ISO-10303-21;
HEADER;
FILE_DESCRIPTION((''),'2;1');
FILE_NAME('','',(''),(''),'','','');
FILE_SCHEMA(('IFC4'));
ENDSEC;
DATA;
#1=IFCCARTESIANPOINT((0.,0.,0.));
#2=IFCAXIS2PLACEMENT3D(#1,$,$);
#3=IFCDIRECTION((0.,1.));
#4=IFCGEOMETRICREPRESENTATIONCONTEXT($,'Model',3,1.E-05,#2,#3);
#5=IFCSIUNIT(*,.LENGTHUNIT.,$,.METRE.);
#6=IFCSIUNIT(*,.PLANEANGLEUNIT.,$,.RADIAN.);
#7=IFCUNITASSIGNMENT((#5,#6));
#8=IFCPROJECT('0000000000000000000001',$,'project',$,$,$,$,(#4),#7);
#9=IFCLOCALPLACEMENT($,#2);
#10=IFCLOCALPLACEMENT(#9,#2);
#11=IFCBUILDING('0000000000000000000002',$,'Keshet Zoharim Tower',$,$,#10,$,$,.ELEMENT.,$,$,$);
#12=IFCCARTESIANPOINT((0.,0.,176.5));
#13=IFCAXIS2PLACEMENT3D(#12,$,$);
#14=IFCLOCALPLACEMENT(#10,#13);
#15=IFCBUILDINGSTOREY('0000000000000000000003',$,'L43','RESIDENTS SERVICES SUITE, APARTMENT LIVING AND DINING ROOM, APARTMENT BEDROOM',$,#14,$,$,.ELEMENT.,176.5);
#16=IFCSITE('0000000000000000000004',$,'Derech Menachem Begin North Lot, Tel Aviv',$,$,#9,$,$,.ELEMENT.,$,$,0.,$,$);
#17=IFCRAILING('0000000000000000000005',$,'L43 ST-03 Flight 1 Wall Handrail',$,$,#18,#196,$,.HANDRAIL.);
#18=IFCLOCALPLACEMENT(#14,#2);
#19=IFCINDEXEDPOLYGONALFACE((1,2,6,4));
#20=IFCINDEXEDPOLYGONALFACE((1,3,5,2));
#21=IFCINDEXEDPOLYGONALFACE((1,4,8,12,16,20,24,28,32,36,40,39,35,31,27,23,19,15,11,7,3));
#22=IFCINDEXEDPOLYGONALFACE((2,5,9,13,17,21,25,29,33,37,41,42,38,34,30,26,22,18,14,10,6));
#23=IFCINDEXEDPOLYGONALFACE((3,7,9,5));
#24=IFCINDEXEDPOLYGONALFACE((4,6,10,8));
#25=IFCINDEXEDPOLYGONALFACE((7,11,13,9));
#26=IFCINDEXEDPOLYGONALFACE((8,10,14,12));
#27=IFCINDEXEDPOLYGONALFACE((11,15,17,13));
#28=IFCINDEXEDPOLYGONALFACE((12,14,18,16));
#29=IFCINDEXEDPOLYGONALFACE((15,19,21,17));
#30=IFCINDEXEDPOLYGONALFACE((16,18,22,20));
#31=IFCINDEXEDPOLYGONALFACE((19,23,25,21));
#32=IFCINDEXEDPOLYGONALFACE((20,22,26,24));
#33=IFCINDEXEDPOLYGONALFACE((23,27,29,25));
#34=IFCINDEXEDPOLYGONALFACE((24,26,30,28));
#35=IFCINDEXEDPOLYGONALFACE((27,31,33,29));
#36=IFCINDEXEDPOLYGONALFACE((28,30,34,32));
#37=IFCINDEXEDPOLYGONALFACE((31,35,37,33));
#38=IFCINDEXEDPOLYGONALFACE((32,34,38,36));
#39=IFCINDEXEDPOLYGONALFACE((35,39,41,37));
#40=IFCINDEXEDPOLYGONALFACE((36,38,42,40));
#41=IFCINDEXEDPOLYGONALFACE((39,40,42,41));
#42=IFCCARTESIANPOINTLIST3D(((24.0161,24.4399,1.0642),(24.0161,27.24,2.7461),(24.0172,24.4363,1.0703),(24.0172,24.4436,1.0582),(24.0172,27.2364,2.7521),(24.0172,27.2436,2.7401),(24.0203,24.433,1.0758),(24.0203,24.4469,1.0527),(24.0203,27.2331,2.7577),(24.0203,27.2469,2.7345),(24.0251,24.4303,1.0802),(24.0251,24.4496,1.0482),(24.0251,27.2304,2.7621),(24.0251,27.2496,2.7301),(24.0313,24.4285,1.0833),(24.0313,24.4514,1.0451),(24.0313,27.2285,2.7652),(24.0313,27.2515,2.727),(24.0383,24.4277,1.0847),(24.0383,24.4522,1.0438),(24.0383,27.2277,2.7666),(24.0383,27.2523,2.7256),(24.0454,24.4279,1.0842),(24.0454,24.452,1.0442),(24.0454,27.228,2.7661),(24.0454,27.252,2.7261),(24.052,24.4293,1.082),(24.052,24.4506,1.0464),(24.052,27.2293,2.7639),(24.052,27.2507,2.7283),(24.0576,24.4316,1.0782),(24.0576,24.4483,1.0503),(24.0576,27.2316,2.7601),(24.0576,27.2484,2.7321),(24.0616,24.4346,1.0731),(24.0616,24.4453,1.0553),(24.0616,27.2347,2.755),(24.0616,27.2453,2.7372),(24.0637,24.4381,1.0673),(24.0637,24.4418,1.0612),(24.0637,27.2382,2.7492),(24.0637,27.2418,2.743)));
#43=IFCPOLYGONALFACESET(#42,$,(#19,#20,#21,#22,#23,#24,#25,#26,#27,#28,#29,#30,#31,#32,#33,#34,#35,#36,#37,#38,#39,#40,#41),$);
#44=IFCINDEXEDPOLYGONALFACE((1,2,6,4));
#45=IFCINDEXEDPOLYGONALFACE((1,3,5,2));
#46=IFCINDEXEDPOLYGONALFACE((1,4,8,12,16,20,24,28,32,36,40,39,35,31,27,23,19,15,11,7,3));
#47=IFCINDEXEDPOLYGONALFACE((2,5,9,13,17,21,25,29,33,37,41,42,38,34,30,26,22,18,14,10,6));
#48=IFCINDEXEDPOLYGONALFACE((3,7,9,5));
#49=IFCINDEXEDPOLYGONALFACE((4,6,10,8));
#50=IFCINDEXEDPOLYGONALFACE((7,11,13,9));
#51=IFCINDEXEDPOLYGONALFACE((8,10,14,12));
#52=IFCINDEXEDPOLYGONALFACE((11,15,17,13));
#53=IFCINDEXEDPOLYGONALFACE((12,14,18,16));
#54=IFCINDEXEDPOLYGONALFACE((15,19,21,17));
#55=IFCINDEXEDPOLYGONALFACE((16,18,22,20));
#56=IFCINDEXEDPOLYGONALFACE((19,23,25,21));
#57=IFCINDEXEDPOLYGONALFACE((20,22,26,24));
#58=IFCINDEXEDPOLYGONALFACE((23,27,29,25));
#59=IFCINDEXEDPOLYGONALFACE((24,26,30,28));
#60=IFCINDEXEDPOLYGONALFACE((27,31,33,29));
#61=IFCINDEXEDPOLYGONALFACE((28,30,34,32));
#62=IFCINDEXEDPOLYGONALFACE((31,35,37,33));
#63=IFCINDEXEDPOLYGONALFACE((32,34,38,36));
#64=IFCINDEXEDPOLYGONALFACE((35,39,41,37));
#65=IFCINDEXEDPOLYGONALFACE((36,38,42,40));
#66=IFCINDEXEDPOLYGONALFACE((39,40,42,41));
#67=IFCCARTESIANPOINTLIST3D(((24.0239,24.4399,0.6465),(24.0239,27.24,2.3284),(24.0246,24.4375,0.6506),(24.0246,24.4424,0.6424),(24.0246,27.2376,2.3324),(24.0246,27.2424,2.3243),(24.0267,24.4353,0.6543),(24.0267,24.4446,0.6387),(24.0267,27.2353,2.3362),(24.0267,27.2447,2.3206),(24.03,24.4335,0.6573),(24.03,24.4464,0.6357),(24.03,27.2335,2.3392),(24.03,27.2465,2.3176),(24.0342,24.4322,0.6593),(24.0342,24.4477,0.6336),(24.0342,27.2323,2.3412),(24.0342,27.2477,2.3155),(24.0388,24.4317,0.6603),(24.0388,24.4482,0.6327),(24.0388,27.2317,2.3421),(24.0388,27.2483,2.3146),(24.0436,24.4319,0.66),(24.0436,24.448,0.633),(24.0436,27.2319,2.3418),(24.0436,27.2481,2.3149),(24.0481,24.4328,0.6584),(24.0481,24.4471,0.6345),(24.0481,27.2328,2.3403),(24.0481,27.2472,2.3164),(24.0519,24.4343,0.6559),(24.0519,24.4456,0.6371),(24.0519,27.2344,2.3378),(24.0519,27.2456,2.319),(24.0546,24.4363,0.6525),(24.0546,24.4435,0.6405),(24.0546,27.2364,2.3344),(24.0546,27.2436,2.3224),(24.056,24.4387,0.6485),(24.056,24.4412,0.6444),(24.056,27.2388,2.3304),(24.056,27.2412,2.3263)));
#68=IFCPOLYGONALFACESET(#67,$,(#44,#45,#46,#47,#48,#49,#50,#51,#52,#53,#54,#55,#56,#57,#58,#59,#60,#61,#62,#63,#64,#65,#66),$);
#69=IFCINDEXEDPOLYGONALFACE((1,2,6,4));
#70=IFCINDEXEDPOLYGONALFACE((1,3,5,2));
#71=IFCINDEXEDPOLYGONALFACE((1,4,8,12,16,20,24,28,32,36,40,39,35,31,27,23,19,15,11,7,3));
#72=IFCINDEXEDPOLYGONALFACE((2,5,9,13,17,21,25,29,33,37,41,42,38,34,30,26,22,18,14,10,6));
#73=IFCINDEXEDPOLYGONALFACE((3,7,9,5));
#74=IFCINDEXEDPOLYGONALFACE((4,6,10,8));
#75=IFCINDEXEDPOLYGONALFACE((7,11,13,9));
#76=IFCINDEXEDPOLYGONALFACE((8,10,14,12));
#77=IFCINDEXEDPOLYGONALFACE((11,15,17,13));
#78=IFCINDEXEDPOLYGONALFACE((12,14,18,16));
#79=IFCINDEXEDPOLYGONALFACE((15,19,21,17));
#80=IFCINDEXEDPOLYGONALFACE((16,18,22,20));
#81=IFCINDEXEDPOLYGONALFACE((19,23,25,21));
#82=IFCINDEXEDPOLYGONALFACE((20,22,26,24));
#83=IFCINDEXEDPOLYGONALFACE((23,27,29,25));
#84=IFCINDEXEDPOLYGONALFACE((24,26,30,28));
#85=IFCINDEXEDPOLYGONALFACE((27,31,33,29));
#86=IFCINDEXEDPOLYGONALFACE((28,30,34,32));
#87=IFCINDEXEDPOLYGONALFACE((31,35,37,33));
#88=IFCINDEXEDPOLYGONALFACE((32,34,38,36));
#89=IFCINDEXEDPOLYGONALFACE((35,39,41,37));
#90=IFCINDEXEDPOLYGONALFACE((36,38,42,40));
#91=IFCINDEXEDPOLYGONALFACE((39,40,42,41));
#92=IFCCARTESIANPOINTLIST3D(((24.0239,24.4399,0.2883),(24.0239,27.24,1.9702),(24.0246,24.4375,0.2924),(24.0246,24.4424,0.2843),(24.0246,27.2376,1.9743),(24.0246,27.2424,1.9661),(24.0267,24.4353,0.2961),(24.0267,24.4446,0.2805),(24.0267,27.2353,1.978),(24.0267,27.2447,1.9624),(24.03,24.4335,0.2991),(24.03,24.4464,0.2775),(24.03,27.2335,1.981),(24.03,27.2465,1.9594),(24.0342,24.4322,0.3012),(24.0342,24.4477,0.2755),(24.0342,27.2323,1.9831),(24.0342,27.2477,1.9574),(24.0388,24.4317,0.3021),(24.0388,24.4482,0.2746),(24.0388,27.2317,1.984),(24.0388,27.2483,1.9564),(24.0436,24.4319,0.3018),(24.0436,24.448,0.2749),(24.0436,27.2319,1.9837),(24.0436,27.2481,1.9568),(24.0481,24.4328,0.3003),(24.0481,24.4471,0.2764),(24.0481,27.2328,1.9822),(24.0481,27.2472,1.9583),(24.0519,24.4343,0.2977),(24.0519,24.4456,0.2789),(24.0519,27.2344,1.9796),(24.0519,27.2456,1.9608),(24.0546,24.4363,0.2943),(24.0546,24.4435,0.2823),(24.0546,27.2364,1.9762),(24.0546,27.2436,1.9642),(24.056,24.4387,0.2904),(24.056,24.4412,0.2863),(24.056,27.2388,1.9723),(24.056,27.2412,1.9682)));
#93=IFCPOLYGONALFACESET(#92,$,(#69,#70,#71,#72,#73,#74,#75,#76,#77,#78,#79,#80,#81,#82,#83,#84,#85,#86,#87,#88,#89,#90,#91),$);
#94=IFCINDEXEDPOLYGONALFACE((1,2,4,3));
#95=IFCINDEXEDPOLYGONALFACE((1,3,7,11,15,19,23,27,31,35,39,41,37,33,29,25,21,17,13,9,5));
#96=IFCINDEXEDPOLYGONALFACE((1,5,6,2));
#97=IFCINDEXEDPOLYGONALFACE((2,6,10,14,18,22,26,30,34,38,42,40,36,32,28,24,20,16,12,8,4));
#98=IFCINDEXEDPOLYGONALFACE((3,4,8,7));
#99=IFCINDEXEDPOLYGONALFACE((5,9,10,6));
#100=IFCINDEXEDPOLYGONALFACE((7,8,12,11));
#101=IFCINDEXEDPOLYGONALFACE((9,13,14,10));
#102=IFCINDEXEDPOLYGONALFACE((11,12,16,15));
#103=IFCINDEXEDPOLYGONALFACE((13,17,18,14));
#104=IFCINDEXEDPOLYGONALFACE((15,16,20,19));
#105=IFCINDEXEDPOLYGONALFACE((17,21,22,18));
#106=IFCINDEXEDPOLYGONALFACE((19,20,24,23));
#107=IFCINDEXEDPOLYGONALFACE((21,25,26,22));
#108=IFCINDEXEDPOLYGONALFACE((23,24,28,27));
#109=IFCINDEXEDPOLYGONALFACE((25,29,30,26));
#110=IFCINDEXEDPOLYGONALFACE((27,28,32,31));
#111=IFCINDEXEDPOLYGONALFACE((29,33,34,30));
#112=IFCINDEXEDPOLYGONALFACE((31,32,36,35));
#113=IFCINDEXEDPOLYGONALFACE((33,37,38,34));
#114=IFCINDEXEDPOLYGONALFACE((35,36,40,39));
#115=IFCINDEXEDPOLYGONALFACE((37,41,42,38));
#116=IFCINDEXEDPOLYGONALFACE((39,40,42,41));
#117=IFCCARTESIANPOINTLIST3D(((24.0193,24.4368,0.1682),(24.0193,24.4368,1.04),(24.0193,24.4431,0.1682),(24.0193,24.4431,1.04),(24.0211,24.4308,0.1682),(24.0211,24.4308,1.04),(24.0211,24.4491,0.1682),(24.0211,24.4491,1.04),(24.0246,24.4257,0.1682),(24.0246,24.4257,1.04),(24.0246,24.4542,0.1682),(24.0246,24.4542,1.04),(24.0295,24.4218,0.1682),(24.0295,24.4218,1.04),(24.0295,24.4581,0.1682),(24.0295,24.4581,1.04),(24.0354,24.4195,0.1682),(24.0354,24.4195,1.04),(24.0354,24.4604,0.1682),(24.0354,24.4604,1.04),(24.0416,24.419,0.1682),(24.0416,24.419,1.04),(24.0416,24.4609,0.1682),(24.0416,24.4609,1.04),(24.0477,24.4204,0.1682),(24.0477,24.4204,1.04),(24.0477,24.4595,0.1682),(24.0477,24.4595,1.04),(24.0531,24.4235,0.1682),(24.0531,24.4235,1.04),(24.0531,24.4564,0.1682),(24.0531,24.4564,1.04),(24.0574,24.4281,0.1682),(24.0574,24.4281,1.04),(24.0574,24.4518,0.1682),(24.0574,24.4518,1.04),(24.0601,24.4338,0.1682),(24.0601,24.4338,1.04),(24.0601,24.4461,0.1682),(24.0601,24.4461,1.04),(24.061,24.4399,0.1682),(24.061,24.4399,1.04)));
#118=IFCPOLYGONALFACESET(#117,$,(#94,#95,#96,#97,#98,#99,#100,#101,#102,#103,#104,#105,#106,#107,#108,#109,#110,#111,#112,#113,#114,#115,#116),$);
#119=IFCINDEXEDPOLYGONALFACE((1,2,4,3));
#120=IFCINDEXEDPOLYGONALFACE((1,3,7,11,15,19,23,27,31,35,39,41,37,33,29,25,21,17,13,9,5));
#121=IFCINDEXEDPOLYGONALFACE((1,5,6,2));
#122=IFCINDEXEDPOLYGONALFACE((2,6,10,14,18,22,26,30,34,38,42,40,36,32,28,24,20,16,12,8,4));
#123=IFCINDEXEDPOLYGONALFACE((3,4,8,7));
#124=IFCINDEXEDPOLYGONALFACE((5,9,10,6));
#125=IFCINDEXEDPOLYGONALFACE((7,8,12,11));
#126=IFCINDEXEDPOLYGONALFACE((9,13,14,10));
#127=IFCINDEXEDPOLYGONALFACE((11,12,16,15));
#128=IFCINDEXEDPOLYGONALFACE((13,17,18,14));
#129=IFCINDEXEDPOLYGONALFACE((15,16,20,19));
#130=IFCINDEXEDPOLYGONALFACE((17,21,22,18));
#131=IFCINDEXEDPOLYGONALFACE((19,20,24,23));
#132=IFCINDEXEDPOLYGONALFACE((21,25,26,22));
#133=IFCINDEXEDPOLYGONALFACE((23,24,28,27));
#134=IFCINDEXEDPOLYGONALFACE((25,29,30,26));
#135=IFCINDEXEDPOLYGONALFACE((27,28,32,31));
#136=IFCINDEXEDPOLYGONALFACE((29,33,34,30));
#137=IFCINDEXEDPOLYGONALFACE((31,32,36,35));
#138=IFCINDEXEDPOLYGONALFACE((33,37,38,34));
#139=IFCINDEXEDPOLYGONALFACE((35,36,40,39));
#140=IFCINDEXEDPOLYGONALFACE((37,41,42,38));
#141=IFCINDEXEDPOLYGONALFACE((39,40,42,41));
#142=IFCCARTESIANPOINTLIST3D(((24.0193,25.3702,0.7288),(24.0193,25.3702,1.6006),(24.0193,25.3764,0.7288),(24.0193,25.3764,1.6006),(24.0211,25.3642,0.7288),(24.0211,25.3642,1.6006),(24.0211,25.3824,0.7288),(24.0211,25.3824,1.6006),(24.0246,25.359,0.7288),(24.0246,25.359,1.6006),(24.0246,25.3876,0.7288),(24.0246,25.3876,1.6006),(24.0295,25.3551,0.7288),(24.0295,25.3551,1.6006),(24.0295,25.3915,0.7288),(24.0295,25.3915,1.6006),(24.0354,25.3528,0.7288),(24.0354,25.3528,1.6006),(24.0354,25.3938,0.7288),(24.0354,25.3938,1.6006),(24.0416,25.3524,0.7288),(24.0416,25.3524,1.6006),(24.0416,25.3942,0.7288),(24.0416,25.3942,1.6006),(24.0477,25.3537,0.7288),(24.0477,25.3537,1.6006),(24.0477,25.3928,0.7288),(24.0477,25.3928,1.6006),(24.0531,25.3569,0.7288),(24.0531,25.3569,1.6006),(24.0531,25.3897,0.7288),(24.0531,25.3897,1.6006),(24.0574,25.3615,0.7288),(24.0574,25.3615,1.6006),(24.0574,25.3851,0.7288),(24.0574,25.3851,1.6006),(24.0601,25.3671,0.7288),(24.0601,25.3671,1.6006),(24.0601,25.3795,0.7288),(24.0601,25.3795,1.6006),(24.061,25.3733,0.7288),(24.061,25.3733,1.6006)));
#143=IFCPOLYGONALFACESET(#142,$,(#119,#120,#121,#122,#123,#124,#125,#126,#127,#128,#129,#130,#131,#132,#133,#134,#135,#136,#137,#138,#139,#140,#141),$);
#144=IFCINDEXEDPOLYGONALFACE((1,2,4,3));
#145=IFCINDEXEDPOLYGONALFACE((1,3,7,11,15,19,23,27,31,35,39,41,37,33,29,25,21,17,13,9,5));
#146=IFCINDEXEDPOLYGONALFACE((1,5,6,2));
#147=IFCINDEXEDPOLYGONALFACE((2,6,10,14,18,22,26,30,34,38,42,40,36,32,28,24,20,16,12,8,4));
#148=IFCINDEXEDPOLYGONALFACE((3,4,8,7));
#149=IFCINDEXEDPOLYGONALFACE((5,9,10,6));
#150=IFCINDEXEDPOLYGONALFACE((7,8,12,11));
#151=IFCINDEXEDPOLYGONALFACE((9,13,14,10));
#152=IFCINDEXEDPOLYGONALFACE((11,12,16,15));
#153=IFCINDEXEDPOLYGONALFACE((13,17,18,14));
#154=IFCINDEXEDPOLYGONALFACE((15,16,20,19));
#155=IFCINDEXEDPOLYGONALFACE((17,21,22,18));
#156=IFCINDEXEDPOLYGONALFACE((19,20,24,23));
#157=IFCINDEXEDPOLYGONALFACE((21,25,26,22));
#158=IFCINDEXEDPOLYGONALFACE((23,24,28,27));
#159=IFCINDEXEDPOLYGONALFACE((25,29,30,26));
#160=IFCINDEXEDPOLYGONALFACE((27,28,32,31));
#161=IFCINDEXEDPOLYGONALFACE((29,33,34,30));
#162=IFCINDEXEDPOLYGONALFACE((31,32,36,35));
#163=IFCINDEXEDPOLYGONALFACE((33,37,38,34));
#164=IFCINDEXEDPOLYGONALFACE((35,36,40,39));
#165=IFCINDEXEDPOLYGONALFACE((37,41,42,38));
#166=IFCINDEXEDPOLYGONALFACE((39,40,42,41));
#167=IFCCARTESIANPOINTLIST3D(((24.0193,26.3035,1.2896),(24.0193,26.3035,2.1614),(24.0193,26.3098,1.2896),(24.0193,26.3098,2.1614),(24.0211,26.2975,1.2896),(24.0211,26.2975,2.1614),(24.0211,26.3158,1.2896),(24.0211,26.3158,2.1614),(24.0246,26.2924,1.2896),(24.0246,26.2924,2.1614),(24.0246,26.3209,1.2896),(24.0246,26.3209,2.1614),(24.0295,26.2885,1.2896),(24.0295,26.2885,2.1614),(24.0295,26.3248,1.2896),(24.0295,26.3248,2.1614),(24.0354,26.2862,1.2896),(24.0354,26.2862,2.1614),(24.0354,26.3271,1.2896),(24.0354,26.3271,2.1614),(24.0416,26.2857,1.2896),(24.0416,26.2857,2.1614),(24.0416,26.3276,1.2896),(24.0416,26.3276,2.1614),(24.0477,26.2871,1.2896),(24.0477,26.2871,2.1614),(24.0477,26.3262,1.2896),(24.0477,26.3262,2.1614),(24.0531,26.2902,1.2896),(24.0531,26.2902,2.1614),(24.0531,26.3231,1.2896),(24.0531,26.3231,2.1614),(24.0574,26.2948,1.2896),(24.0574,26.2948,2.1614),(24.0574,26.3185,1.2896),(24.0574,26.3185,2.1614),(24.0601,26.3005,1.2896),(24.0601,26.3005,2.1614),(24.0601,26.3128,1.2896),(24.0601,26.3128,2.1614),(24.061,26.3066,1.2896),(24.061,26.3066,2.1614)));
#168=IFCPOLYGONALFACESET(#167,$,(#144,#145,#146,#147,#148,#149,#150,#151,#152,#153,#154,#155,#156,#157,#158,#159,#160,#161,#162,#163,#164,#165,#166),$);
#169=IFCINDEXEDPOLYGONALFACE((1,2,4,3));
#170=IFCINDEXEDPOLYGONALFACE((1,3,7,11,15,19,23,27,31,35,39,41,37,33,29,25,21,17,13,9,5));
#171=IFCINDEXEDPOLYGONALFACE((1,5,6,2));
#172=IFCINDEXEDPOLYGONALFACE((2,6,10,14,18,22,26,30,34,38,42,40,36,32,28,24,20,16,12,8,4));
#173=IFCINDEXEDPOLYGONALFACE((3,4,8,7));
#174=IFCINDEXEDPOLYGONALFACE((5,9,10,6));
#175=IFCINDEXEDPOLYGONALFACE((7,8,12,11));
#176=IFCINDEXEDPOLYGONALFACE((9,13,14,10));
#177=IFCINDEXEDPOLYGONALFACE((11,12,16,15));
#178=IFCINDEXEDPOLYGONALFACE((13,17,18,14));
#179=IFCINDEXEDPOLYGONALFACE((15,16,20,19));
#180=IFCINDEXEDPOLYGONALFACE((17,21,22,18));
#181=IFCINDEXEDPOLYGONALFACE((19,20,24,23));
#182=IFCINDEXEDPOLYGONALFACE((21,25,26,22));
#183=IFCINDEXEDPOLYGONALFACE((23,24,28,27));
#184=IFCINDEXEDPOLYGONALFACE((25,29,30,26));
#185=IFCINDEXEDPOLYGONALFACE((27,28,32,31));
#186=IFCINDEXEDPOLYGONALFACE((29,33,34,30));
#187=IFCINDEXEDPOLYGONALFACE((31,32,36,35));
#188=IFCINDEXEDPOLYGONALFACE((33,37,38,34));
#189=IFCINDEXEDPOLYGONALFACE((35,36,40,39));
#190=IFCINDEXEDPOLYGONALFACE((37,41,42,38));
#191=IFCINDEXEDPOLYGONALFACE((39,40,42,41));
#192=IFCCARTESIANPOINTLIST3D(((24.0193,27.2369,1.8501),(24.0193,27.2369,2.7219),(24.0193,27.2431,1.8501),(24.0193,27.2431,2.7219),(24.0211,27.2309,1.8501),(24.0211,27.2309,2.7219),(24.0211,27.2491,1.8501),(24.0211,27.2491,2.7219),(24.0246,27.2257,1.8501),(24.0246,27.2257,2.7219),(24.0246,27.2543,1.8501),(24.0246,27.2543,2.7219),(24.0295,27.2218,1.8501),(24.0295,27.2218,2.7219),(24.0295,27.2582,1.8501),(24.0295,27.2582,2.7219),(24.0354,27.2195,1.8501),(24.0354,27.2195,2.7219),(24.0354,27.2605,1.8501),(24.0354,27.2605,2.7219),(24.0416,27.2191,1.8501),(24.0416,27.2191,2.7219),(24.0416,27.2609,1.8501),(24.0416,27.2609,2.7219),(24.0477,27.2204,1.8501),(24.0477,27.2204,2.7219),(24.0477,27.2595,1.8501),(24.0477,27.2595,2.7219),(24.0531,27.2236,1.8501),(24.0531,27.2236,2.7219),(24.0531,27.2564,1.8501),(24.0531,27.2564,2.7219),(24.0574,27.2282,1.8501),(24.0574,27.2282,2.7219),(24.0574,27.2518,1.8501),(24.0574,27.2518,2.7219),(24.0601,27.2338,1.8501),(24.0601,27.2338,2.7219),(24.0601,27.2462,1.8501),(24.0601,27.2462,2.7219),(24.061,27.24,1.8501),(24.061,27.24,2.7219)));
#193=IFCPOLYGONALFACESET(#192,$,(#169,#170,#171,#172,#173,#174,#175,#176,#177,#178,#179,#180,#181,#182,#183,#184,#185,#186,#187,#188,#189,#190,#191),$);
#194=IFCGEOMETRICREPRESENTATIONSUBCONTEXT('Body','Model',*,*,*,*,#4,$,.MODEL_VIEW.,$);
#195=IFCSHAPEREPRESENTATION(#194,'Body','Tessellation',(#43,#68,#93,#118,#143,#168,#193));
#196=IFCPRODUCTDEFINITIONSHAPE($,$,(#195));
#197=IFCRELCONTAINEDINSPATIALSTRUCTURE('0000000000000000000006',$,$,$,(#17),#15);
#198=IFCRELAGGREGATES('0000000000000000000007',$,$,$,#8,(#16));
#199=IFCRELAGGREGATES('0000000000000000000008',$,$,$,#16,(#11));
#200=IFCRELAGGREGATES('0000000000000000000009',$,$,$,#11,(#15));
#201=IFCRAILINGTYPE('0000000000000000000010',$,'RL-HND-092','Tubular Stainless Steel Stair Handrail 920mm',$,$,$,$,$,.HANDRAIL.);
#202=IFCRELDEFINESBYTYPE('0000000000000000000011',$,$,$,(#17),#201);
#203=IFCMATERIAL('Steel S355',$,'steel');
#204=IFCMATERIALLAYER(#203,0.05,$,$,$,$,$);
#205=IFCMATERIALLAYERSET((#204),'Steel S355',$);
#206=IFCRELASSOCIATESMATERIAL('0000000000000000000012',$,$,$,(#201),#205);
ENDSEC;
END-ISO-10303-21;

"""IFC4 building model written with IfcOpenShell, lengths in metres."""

from ifc_helpers import new_model, si_unit, direction, frame, origin, origin_2d, place, context, subcontext, project, spatial, circle, extrude, material, layer, layer_set, type_object, element, save


model = new_model("IFC4")

# Units and contexts
model_context = context("Model", 3, precision=1e-05, world=origin(), true_north=direction((0.0, 1.0)))
body_context = subcontext(model_context, "Body", "Model", "MODEL_VIEW")
ifc_project = project(units=[si_unit("LENGTHUNIT", "METRE"), si_unit("PLANEANGLEUNIT", "RADIAN")], contexts=[model_context])

# Site, building, storey
site_placement = place(None, origin())
site = spatial("IfcSite", under=ifc_project, at=site_placement, Name="Derech Menachem Begin North Lot, Tel Aviv", CompositionType="ELEMENT", RefElevation=0.0)
building_placement = place(site_placement, origin())
building = spatial("IfcBuilding", under=site, at=building_placement, Name="Keshet Zoharim Tower", CompositionType="ELEMENT")
storey_placement = place(building_placement, frame((0.0, 0.0, 176.5)))
storey = spatial("IfcBuildingStorey", under=building, at=storey_placement, Name="L43", Description="RESIDENTS SERVICES SUITE, APARTMENT LIVING AND DINING ROOM, APARTMENT BEDROOM", CompositionType="ELEMENT", Elevation=176.5)

# Shared definitions
ifc_material_1 = material(Name="Steel S355", Category="steel")

# Railing
ifc_layer_1 = layer(ifc_material_1, 0.05)
ifc_layer_set_1 = layer_set([ifc_layer_1], Name="Steel S355")
railing_type_1 = type_object("IfcRailingType", Name="RL-HND-092", Description="Tubular Stainless Steel Stair Handrail 920mm", PredefinedType="HANDRAIL", material=ifc_layer_set_1)
railing_1_placement = place(storey_placement, frame((24.04, 24.4399, 0.1682)))
element("IfcRailing", 1, at=railing_1_placement, inside=storey, type_object=railing_type_1, Name="L43 ST-03 Flight 1 Wall Handrail", PredefinedType="HANDRAIL", context=body_context, shape_type="SweptSolid", body=[
    extrude(circle(Radius=0.0239, at=origin_2d()), frame((0.0, 0.0, 0.896), z_axis=(0.0, 0.857242, 0.514913), x_axis=(-1.0, 0.0, 0.0)), (0.0, 0.0, 1.0), 3.2664),
    extrude(circle(Radius=0.0161, at=origin_2d()), frame((0.0, 0.0, 0.4783), z_axis=(0.0, 0.857242, 0.514913), x_axis=(-1.0, 0.0, 0.0)), (0.0, 0.0, 1.0), 3.2664),
    extrude(circle(Radius=0.0161, at=origin_2d()), frame((0.0, 0.0, 0.1201), z_axis=(0.0, 0.857242, 0.514913), x_axis=(-1.0, 0.0, 0.0)), (0.0, 0.0, 1.0), 3.2664),
    extrude(circle(Radius=0.021, at=origin_2d()), origin(), (0.0, 0.0, 1.0), 0.8718),
    extrude(circle(Radius=0.021, at=origin_2d()), frame((0.0, 0.9333, 0.5605)), (0.0, 0.0, 1.0), 0.8718),
    extrude(circle(Radius=0.021, at=origin_2d()), frame((0.0, 1.8667, 1.1213)), (0.0, 0.0, 1.0), 0.8718),
    extrude(circle(Radius=0.021, at=origin_2d()), frame((0.0, 2.8, 1.6819)), (0.0, 0.0, 1.0), 0.8718),
])

save(model, "model.ifc")
